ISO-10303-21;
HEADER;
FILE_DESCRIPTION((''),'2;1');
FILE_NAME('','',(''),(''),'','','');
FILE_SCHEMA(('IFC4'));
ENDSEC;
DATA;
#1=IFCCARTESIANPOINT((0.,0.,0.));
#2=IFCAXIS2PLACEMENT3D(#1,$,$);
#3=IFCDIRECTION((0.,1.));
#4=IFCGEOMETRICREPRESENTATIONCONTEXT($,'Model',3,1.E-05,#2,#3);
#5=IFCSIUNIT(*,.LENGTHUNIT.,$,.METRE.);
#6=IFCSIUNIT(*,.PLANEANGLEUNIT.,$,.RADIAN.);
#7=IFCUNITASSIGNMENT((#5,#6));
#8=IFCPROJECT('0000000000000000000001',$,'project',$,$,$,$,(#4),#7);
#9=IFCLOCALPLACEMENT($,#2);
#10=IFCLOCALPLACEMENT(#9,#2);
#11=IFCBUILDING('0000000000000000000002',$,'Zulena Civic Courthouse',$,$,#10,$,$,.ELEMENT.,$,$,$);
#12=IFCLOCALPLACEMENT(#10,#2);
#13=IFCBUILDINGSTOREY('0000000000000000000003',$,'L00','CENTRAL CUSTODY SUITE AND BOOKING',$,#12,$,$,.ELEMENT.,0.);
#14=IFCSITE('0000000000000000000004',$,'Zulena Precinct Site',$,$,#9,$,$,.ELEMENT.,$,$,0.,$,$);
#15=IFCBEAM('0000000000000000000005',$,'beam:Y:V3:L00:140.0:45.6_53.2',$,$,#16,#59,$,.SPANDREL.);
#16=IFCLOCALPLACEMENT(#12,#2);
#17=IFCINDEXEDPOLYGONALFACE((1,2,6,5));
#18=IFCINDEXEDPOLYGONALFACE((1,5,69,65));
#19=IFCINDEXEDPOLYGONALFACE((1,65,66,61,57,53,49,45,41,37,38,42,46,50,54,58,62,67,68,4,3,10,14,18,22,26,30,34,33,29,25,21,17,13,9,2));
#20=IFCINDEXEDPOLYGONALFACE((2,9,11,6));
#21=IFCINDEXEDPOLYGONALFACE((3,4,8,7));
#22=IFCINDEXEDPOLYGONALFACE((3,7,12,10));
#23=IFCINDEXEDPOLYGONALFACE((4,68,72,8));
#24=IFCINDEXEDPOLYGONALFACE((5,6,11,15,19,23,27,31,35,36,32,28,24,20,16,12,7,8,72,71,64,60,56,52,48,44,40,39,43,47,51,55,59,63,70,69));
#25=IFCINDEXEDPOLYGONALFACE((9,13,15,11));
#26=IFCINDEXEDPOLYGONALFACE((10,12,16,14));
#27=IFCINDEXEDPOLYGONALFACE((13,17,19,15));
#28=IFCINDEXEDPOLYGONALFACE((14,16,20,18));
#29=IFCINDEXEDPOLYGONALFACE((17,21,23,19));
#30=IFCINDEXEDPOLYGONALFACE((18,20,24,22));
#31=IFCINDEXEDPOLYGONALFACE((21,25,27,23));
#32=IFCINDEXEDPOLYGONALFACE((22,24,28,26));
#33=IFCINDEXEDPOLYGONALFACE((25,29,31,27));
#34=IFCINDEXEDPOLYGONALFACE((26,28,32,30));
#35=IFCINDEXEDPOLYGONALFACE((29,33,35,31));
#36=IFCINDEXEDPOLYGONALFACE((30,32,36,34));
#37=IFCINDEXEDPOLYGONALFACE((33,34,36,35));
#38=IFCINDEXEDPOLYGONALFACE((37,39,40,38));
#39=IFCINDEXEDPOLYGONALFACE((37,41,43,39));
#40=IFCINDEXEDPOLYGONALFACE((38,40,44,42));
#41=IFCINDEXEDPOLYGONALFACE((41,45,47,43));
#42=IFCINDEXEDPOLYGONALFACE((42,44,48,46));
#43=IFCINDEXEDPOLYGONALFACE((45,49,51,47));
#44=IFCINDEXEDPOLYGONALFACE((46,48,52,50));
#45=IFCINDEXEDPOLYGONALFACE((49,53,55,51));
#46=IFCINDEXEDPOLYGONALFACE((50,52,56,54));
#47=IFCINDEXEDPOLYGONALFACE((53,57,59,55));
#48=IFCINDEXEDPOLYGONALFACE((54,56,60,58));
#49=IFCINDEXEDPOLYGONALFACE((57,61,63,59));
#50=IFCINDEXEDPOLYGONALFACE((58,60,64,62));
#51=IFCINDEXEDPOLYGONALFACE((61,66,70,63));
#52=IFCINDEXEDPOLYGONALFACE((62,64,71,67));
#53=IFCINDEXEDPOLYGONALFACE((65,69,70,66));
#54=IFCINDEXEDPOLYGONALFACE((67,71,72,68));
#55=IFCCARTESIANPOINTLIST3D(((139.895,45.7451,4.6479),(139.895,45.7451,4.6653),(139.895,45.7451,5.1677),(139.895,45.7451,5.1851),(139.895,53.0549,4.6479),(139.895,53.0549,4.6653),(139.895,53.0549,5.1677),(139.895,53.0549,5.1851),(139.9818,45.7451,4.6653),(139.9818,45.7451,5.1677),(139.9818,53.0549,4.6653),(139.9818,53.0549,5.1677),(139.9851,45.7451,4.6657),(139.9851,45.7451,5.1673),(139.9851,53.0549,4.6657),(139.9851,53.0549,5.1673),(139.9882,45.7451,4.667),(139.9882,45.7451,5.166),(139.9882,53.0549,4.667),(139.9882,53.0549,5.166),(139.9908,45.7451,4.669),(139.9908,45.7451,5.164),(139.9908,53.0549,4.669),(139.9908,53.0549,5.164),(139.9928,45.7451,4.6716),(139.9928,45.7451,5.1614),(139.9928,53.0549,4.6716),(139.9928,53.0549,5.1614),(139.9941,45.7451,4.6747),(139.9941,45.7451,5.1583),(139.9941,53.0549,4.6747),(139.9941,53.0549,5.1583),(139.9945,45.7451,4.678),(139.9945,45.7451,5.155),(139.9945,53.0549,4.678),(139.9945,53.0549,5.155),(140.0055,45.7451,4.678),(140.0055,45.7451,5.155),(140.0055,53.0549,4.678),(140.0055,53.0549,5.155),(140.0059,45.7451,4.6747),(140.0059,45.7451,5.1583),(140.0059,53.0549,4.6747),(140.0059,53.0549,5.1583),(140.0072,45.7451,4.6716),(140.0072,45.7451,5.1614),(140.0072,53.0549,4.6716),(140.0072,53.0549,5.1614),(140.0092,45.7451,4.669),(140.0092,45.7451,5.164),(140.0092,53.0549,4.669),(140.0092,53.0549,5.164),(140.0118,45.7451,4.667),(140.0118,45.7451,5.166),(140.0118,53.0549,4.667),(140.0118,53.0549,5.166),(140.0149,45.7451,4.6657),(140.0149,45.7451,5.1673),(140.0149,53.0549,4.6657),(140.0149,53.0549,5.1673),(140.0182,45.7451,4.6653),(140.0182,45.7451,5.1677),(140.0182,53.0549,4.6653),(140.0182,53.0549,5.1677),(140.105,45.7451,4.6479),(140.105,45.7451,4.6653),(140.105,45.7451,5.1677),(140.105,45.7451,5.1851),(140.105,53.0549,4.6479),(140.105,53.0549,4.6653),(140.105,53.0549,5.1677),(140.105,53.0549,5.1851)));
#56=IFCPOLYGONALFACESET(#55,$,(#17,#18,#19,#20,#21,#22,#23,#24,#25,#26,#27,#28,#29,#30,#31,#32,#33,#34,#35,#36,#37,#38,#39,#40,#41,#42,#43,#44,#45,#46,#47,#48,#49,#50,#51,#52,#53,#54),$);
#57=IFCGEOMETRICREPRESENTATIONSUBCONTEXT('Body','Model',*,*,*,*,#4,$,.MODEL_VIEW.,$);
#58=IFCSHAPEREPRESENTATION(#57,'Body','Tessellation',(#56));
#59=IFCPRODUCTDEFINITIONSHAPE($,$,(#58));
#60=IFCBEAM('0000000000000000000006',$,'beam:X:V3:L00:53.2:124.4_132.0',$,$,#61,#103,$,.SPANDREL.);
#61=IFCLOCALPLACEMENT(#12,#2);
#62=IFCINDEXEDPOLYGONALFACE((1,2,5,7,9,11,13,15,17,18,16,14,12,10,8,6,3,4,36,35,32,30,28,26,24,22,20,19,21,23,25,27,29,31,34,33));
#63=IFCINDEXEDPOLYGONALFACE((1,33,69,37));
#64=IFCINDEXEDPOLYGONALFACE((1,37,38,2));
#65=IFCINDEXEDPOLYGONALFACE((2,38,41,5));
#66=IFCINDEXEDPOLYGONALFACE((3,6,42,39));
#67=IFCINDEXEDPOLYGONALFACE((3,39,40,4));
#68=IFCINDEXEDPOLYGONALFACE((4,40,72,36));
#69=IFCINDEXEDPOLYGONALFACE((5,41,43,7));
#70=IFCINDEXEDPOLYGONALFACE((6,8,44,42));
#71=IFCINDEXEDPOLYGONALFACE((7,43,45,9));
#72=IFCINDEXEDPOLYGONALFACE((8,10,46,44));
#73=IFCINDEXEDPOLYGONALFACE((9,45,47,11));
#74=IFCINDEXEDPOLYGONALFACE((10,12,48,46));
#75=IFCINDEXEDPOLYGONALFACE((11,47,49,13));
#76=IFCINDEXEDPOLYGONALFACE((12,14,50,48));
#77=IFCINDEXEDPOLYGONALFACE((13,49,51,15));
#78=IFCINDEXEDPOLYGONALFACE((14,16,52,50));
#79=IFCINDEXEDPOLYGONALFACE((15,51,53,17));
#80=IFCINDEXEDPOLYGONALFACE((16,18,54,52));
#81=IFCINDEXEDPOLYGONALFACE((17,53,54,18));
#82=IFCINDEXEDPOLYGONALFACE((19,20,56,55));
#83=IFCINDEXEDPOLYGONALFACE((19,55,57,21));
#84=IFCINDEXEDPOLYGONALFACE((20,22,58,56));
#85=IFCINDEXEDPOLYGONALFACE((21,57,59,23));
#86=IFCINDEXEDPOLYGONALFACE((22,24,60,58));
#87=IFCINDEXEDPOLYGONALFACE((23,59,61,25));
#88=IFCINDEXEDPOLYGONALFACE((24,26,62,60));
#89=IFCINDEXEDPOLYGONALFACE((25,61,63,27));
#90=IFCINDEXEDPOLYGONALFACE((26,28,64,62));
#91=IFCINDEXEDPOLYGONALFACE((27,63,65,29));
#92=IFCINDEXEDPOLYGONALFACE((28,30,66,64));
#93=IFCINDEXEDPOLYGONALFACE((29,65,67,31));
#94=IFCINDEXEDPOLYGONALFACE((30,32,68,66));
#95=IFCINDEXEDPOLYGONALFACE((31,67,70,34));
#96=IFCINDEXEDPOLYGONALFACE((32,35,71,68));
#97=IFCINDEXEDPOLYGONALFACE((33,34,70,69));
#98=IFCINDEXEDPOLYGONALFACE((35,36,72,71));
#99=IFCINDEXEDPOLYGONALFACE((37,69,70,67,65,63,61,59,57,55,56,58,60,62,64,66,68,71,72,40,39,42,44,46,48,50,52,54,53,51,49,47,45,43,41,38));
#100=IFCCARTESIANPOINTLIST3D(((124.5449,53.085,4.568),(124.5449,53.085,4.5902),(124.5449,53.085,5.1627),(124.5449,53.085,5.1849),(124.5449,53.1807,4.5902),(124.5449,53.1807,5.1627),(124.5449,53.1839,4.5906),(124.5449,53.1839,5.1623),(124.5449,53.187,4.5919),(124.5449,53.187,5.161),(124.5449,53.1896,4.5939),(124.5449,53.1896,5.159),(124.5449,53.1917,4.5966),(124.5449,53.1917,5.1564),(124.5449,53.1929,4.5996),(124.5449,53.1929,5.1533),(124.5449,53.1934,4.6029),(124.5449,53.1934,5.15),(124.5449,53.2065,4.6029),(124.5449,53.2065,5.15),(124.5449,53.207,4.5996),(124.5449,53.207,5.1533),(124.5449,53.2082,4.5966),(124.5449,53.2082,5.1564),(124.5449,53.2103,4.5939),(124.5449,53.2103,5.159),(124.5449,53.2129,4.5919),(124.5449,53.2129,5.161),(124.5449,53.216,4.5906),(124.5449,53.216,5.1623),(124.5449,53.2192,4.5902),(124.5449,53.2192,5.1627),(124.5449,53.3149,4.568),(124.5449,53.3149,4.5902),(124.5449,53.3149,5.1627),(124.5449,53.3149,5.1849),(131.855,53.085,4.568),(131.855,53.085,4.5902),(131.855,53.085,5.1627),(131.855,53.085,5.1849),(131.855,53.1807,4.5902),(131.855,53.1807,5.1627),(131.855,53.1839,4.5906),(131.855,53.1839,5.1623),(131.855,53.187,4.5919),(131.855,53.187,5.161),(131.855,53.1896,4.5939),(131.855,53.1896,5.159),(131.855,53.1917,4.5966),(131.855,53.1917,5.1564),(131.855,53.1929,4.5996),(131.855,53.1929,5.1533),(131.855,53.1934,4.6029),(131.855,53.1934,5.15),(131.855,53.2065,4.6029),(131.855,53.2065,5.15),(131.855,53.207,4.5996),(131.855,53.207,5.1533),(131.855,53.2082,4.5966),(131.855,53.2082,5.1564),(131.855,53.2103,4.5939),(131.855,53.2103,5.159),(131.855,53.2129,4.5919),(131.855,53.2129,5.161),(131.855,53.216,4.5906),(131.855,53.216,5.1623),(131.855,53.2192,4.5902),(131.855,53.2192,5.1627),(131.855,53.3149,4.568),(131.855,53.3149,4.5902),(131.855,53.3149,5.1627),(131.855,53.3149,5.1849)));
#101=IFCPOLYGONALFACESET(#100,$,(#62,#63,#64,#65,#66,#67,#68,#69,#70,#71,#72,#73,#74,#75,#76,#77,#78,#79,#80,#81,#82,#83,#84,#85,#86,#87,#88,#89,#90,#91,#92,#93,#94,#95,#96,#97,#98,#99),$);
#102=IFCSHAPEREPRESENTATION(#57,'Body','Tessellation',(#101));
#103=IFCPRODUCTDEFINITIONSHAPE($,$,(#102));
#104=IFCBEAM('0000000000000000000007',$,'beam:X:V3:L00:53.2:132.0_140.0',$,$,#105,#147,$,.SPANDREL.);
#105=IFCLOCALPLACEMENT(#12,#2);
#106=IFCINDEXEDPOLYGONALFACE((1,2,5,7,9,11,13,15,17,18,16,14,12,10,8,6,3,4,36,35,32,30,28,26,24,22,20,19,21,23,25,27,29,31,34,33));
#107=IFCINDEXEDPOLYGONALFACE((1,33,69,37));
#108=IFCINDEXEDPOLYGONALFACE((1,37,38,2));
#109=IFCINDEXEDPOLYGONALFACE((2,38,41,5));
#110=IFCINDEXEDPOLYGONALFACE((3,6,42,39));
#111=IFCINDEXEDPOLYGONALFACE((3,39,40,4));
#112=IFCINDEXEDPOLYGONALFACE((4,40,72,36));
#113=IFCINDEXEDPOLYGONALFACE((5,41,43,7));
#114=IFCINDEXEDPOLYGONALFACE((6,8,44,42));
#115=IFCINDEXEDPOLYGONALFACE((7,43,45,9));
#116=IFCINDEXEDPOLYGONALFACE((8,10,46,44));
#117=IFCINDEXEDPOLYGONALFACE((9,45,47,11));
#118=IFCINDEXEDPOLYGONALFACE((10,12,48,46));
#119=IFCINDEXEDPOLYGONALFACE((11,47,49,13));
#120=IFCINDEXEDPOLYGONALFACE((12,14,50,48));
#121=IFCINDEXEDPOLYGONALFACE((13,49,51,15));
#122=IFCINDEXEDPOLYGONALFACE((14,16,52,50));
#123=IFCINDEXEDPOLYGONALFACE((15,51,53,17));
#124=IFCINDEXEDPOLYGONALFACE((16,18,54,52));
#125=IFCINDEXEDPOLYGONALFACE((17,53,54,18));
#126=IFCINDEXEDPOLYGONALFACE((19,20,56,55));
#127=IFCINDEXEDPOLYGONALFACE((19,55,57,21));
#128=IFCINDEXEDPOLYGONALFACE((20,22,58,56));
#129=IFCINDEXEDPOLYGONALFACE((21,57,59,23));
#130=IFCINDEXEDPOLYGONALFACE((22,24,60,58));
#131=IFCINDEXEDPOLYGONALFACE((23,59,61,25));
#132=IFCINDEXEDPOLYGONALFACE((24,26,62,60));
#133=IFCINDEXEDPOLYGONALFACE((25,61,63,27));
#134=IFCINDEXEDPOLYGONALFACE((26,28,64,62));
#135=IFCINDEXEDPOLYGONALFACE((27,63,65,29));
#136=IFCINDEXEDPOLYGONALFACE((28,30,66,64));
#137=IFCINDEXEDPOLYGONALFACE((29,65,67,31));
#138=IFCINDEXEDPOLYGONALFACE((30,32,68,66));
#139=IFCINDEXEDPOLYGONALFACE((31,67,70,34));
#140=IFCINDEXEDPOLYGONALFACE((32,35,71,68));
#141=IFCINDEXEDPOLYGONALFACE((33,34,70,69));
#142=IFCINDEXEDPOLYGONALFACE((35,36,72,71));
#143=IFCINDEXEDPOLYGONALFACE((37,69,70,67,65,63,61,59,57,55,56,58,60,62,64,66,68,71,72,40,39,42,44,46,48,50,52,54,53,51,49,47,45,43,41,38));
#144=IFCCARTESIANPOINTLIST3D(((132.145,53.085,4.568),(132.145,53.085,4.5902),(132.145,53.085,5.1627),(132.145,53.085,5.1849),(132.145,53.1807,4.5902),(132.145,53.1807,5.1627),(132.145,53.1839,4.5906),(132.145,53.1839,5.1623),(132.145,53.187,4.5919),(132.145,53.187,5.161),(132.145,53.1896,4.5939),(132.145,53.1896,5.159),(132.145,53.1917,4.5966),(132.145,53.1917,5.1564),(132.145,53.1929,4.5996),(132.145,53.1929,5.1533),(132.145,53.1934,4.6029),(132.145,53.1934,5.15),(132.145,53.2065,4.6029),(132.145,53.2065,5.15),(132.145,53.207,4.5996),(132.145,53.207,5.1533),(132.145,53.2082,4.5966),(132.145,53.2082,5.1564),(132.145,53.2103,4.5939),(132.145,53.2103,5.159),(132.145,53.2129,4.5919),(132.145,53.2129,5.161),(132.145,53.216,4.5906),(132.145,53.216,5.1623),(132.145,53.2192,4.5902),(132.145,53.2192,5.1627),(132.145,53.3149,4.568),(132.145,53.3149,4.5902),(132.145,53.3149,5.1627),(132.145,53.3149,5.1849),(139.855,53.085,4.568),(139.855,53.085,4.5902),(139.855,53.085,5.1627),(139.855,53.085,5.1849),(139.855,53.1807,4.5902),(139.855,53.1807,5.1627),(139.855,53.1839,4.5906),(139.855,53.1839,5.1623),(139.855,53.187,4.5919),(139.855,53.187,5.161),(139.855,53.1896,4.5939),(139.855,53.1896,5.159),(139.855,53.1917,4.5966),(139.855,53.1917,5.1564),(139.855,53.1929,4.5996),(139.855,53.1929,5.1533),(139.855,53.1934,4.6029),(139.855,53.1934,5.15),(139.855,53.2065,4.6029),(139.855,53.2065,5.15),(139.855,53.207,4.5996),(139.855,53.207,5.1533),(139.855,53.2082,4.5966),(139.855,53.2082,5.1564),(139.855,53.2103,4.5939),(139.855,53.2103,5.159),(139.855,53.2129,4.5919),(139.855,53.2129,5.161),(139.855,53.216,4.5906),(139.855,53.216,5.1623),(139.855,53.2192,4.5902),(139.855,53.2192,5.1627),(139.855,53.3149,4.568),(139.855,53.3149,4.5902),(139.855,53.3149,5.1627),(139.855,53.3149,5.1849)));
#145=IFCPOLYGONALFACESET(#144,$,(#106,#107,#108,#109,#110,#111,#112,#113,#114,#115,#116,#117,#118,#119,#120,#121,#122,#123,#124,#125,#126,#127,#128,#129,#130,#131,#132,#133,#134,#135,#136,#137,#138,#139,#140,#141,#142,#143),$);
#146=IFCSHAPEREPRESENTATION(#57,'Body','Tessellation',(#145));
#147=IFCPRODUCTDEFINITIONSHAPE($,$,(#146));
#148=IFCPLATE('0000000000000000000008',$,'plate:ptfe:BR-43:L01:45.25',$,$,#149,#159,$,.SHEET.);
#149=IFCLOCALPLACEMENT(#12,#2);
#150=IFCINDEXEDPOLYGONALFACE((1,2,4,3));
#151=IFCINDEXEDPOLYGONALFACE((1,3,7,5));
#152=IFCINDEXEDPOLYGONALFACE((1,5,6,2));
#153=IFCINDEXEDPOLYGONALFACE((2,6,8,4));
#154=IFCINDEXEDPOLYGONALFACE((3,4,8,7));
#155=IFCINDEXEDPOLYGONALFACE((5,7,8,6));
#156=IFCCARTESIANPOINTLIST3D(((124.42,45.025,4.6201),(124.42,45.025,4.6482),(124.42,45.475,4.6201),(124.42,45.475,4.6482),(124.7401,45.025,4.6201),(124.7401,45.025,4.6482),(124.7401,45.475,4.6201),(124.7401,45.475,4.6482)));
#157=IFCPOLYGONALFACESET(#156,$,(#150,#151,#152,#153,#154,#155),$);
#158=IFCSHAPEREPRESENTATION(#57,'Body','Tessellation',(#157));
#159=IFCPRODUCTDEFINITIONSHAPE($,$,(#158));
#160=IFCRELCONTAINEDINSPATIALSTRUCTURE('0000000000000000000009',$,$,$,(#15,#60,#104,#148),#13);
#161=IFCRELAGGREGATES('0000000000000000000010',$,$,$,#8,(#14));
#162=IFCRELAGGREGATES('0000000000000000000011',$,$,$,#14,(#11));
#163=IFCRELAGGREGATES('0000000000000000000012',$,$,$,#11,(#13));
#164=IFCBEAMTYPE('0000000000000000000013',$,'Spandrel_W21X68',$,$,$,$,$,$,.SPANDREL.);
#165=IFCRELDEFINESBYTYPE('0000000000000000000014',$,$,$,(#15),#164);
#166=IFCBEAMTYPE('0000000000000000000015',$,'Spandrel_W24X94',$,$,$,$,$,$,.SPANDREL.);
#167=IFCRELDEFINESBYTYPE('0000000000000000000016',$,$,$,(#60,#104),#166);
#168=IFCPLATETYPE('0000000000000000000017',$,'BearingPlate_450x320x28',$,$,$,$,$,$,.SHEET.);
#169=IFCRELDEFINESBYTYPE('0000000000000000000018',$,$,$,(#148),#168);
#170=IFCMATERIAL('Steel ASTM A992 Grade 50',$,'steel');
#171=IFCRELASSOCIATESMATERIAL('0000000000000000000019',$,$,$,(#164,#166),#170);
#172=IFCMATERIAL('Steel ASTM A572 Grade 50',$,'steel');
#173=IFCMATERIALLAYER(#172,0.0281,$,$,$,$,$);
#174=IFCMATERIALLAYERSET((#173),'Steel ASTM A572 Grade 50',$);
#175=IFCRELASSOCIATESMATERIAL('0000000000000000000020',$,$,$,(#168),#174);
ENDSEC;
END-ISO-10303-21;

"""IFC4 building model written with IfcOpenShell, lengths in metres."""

from ifc_helpers import new_model, si_unit, direction, frame, origin, origin_2d, place, context, subcontext, project, spatial, rectangle, i_section, extrude, material, layer, layer_set, material_profile, profile_set, type_object, element, save


model = new_model("IFC4")

# Units and contexts
model_context = context("Model", 3, precision=1e-05, world=origin(), true_north=direction((0.0, 1.0)))
body_context = subcontext(model_context, "Body", "Model", "MODEL_VIEW")
ifc_project = project(units=[si_unit("LENGTHUNIT", "METRE"), si_unit("PLANEANGLEUNIT", "RADIAN")], contexts=[model_context])

# Site, building, storey
site_placement = place(None, origin())
site = spatial("IfcSite", under=ifc_project, at=site_placement, Name="Zulena Precinct Site", CompositionType="ELEMENT", RefElevation=0.0)
building_placement = place(site_placement, origin())
building = spatial("IfcBuilding", under=site, at=building_placement, Name="Zulena Civic Courthouse", CompositionType="ELEMENT")
storey_placement = place(building_placement, origin())
storey = spatial("IfcBuildingStorey", under=building, at=storey_placement, Name="L00", Description="CENTRAL CUSTODY SUITE AND BOOKING", CompositionType="ELEMENT", Elevation=0.0)

# Shared definitions
ifc_material_1 = material(Name="Steel ASTM A992 Grade 50", Category="steel")

# Beams
ifc_material_profile_1 = material_profile(ifc_material_1, i_section(OverallWidth=0.21, OverallDepth=0.5371, WebThickness=0.011, FlangeThickness=0.0173, FilletRadius=0.0127, at=origin_2d()), Name="W21X68")
ifc_profile_set_1 = profile_set([ifc_material_profile_1], Name="Steel ASTM A992 Grade 50")
beam_type_1 = type_object("IfcBeamType", Name="Spandrel_W21X68", PredefinedType="SPANDREL", material=ifc_profile_set_1)
for number, where, z_axis, x_axis, name in (
    (1, (140.0, 45.7451, 4.9165), (0.0, 1.0, 0.0), (-1.0, 0.0, 0.0), "beam:Y:V3:L00:140.0:45.6_53.2"),
):
    element("IfcBeam", number, at=place(storey_placement, frame(where, z_axis=z_axis, x_axis=x_axis)), inside=storey, type_object=beam_type_1, Name=name, PredefinedType="SPANDREL", context=body_context, shape_type="SweptSolid", body=[
        extrude(i_section(OverallWidth=0.21, OverallDepth=0.5371, WebThickness=0.011, FlangeThickness=0.0173, FilletRadius=0.0127, at=origin_2d()), origin(), (0.0, 0.0, 1.0), 7.3098),
    ])
ifc_material_profile_2 = material_profile(ifc_material_1, i_section(OverallWidth=0.23, OverallDepth=0.6169, WebThickness=0.0132, FlangeThickness=0.0222, FilletRadius=0.0127, at=origin_2d()), Name="W24X94")
ifc_profile_set_2 = profile_set([ifc_material_profile_2], Name="Steel ASTM A992 Grade 50")
beam_type_2 = type_object("IfcBeamType", Name="Spandrel_W24X94", PredefinedType="SPANDREL", material=ifc_profile_set_2)
beam_1_placement = place(storey_placement, frame((124.5449, 53.2, 4.8765), z_axis=(1.0, 0.0, 0.0), x_axis=(0.0, 1.0, 0.0)))
element("IfcBeam", 2, at=beam_1_placement, inside=storey, type_object=beam_type_2, Name="beam:X:V3:L00:53.2:124.4_132.0", PredefinedType="SPANDREL", context=body_context, shape_type="SweptSolid", body=[
    extrude(i_section(OverallWidth=0.23, OverallDepth=0.6169, WebThickness=0.0132, FlangeThickness=0.0222, FilletRadius=0.0127, at=origin_2d()), origin(), (0.0, 0.0, 1.0), 7.3101),
])
beam_2_placement = place(storey_placement, frame((132.145, 53.2, 4.8765), z_axis=(1.0, 0.0, 0.0), x_axis=(0.0, 1.0, 0.0)))
element("IfcBeam", 3, at=beam_2_placement, inside=storey, type_object=beam_type_2, Name="beam:X:V3:L00:53.2:132.0_140.0", PredefinedType="SPANDREL", context=body_context, shape_type="SweptSolid", body=[
    extrude(i_section(OverallWidth=0.23, OverallDepth=0.6169, WebThickness=0.0132, FlangeThickness=0.0222, FilletRadius=0.0127, at=origin_2d()), origin(), (0.0, 0.0, 1.0), 7.71),
])

# Plate
ifc_material_2 = material(Name="Steel ASTM A572 Grade 50", Category="steel")
ifc_layer_1 = layer(ifc_material_2, 0.0281)
ifc_layer_set_1 = layer_set([ifc_layer_1], Name="Steel ASTM A572 Grade 50")
plate_type = type_object("IfcPlateType", Name="BearingPlate_450x320x28", PredefinedType="SHEET", material=ifc_layer_set_1)
plate_placement = place(storey_placement, frame((124.5801, 45.25, 4.6201), z_axis=(0.0, 0.0, 1.0), x_axis=(1.0, 0.0, 0.0)))
element("IfcPlate", 4, at=plate_placement, inside=storey, type_object=plate_type, Name="plate:ptfe:BR-43:L01:45.25", PredefinedType="SHEET", context=body_context, shape_type="SweptSolid", body=[
    extrude(rectangle(XDim=0.3201, YDim=0.45, at=origin_2d()), origin(), (0.0, 0.0, 1.0), 0.0281),
])

save(model, "model.ifc")
